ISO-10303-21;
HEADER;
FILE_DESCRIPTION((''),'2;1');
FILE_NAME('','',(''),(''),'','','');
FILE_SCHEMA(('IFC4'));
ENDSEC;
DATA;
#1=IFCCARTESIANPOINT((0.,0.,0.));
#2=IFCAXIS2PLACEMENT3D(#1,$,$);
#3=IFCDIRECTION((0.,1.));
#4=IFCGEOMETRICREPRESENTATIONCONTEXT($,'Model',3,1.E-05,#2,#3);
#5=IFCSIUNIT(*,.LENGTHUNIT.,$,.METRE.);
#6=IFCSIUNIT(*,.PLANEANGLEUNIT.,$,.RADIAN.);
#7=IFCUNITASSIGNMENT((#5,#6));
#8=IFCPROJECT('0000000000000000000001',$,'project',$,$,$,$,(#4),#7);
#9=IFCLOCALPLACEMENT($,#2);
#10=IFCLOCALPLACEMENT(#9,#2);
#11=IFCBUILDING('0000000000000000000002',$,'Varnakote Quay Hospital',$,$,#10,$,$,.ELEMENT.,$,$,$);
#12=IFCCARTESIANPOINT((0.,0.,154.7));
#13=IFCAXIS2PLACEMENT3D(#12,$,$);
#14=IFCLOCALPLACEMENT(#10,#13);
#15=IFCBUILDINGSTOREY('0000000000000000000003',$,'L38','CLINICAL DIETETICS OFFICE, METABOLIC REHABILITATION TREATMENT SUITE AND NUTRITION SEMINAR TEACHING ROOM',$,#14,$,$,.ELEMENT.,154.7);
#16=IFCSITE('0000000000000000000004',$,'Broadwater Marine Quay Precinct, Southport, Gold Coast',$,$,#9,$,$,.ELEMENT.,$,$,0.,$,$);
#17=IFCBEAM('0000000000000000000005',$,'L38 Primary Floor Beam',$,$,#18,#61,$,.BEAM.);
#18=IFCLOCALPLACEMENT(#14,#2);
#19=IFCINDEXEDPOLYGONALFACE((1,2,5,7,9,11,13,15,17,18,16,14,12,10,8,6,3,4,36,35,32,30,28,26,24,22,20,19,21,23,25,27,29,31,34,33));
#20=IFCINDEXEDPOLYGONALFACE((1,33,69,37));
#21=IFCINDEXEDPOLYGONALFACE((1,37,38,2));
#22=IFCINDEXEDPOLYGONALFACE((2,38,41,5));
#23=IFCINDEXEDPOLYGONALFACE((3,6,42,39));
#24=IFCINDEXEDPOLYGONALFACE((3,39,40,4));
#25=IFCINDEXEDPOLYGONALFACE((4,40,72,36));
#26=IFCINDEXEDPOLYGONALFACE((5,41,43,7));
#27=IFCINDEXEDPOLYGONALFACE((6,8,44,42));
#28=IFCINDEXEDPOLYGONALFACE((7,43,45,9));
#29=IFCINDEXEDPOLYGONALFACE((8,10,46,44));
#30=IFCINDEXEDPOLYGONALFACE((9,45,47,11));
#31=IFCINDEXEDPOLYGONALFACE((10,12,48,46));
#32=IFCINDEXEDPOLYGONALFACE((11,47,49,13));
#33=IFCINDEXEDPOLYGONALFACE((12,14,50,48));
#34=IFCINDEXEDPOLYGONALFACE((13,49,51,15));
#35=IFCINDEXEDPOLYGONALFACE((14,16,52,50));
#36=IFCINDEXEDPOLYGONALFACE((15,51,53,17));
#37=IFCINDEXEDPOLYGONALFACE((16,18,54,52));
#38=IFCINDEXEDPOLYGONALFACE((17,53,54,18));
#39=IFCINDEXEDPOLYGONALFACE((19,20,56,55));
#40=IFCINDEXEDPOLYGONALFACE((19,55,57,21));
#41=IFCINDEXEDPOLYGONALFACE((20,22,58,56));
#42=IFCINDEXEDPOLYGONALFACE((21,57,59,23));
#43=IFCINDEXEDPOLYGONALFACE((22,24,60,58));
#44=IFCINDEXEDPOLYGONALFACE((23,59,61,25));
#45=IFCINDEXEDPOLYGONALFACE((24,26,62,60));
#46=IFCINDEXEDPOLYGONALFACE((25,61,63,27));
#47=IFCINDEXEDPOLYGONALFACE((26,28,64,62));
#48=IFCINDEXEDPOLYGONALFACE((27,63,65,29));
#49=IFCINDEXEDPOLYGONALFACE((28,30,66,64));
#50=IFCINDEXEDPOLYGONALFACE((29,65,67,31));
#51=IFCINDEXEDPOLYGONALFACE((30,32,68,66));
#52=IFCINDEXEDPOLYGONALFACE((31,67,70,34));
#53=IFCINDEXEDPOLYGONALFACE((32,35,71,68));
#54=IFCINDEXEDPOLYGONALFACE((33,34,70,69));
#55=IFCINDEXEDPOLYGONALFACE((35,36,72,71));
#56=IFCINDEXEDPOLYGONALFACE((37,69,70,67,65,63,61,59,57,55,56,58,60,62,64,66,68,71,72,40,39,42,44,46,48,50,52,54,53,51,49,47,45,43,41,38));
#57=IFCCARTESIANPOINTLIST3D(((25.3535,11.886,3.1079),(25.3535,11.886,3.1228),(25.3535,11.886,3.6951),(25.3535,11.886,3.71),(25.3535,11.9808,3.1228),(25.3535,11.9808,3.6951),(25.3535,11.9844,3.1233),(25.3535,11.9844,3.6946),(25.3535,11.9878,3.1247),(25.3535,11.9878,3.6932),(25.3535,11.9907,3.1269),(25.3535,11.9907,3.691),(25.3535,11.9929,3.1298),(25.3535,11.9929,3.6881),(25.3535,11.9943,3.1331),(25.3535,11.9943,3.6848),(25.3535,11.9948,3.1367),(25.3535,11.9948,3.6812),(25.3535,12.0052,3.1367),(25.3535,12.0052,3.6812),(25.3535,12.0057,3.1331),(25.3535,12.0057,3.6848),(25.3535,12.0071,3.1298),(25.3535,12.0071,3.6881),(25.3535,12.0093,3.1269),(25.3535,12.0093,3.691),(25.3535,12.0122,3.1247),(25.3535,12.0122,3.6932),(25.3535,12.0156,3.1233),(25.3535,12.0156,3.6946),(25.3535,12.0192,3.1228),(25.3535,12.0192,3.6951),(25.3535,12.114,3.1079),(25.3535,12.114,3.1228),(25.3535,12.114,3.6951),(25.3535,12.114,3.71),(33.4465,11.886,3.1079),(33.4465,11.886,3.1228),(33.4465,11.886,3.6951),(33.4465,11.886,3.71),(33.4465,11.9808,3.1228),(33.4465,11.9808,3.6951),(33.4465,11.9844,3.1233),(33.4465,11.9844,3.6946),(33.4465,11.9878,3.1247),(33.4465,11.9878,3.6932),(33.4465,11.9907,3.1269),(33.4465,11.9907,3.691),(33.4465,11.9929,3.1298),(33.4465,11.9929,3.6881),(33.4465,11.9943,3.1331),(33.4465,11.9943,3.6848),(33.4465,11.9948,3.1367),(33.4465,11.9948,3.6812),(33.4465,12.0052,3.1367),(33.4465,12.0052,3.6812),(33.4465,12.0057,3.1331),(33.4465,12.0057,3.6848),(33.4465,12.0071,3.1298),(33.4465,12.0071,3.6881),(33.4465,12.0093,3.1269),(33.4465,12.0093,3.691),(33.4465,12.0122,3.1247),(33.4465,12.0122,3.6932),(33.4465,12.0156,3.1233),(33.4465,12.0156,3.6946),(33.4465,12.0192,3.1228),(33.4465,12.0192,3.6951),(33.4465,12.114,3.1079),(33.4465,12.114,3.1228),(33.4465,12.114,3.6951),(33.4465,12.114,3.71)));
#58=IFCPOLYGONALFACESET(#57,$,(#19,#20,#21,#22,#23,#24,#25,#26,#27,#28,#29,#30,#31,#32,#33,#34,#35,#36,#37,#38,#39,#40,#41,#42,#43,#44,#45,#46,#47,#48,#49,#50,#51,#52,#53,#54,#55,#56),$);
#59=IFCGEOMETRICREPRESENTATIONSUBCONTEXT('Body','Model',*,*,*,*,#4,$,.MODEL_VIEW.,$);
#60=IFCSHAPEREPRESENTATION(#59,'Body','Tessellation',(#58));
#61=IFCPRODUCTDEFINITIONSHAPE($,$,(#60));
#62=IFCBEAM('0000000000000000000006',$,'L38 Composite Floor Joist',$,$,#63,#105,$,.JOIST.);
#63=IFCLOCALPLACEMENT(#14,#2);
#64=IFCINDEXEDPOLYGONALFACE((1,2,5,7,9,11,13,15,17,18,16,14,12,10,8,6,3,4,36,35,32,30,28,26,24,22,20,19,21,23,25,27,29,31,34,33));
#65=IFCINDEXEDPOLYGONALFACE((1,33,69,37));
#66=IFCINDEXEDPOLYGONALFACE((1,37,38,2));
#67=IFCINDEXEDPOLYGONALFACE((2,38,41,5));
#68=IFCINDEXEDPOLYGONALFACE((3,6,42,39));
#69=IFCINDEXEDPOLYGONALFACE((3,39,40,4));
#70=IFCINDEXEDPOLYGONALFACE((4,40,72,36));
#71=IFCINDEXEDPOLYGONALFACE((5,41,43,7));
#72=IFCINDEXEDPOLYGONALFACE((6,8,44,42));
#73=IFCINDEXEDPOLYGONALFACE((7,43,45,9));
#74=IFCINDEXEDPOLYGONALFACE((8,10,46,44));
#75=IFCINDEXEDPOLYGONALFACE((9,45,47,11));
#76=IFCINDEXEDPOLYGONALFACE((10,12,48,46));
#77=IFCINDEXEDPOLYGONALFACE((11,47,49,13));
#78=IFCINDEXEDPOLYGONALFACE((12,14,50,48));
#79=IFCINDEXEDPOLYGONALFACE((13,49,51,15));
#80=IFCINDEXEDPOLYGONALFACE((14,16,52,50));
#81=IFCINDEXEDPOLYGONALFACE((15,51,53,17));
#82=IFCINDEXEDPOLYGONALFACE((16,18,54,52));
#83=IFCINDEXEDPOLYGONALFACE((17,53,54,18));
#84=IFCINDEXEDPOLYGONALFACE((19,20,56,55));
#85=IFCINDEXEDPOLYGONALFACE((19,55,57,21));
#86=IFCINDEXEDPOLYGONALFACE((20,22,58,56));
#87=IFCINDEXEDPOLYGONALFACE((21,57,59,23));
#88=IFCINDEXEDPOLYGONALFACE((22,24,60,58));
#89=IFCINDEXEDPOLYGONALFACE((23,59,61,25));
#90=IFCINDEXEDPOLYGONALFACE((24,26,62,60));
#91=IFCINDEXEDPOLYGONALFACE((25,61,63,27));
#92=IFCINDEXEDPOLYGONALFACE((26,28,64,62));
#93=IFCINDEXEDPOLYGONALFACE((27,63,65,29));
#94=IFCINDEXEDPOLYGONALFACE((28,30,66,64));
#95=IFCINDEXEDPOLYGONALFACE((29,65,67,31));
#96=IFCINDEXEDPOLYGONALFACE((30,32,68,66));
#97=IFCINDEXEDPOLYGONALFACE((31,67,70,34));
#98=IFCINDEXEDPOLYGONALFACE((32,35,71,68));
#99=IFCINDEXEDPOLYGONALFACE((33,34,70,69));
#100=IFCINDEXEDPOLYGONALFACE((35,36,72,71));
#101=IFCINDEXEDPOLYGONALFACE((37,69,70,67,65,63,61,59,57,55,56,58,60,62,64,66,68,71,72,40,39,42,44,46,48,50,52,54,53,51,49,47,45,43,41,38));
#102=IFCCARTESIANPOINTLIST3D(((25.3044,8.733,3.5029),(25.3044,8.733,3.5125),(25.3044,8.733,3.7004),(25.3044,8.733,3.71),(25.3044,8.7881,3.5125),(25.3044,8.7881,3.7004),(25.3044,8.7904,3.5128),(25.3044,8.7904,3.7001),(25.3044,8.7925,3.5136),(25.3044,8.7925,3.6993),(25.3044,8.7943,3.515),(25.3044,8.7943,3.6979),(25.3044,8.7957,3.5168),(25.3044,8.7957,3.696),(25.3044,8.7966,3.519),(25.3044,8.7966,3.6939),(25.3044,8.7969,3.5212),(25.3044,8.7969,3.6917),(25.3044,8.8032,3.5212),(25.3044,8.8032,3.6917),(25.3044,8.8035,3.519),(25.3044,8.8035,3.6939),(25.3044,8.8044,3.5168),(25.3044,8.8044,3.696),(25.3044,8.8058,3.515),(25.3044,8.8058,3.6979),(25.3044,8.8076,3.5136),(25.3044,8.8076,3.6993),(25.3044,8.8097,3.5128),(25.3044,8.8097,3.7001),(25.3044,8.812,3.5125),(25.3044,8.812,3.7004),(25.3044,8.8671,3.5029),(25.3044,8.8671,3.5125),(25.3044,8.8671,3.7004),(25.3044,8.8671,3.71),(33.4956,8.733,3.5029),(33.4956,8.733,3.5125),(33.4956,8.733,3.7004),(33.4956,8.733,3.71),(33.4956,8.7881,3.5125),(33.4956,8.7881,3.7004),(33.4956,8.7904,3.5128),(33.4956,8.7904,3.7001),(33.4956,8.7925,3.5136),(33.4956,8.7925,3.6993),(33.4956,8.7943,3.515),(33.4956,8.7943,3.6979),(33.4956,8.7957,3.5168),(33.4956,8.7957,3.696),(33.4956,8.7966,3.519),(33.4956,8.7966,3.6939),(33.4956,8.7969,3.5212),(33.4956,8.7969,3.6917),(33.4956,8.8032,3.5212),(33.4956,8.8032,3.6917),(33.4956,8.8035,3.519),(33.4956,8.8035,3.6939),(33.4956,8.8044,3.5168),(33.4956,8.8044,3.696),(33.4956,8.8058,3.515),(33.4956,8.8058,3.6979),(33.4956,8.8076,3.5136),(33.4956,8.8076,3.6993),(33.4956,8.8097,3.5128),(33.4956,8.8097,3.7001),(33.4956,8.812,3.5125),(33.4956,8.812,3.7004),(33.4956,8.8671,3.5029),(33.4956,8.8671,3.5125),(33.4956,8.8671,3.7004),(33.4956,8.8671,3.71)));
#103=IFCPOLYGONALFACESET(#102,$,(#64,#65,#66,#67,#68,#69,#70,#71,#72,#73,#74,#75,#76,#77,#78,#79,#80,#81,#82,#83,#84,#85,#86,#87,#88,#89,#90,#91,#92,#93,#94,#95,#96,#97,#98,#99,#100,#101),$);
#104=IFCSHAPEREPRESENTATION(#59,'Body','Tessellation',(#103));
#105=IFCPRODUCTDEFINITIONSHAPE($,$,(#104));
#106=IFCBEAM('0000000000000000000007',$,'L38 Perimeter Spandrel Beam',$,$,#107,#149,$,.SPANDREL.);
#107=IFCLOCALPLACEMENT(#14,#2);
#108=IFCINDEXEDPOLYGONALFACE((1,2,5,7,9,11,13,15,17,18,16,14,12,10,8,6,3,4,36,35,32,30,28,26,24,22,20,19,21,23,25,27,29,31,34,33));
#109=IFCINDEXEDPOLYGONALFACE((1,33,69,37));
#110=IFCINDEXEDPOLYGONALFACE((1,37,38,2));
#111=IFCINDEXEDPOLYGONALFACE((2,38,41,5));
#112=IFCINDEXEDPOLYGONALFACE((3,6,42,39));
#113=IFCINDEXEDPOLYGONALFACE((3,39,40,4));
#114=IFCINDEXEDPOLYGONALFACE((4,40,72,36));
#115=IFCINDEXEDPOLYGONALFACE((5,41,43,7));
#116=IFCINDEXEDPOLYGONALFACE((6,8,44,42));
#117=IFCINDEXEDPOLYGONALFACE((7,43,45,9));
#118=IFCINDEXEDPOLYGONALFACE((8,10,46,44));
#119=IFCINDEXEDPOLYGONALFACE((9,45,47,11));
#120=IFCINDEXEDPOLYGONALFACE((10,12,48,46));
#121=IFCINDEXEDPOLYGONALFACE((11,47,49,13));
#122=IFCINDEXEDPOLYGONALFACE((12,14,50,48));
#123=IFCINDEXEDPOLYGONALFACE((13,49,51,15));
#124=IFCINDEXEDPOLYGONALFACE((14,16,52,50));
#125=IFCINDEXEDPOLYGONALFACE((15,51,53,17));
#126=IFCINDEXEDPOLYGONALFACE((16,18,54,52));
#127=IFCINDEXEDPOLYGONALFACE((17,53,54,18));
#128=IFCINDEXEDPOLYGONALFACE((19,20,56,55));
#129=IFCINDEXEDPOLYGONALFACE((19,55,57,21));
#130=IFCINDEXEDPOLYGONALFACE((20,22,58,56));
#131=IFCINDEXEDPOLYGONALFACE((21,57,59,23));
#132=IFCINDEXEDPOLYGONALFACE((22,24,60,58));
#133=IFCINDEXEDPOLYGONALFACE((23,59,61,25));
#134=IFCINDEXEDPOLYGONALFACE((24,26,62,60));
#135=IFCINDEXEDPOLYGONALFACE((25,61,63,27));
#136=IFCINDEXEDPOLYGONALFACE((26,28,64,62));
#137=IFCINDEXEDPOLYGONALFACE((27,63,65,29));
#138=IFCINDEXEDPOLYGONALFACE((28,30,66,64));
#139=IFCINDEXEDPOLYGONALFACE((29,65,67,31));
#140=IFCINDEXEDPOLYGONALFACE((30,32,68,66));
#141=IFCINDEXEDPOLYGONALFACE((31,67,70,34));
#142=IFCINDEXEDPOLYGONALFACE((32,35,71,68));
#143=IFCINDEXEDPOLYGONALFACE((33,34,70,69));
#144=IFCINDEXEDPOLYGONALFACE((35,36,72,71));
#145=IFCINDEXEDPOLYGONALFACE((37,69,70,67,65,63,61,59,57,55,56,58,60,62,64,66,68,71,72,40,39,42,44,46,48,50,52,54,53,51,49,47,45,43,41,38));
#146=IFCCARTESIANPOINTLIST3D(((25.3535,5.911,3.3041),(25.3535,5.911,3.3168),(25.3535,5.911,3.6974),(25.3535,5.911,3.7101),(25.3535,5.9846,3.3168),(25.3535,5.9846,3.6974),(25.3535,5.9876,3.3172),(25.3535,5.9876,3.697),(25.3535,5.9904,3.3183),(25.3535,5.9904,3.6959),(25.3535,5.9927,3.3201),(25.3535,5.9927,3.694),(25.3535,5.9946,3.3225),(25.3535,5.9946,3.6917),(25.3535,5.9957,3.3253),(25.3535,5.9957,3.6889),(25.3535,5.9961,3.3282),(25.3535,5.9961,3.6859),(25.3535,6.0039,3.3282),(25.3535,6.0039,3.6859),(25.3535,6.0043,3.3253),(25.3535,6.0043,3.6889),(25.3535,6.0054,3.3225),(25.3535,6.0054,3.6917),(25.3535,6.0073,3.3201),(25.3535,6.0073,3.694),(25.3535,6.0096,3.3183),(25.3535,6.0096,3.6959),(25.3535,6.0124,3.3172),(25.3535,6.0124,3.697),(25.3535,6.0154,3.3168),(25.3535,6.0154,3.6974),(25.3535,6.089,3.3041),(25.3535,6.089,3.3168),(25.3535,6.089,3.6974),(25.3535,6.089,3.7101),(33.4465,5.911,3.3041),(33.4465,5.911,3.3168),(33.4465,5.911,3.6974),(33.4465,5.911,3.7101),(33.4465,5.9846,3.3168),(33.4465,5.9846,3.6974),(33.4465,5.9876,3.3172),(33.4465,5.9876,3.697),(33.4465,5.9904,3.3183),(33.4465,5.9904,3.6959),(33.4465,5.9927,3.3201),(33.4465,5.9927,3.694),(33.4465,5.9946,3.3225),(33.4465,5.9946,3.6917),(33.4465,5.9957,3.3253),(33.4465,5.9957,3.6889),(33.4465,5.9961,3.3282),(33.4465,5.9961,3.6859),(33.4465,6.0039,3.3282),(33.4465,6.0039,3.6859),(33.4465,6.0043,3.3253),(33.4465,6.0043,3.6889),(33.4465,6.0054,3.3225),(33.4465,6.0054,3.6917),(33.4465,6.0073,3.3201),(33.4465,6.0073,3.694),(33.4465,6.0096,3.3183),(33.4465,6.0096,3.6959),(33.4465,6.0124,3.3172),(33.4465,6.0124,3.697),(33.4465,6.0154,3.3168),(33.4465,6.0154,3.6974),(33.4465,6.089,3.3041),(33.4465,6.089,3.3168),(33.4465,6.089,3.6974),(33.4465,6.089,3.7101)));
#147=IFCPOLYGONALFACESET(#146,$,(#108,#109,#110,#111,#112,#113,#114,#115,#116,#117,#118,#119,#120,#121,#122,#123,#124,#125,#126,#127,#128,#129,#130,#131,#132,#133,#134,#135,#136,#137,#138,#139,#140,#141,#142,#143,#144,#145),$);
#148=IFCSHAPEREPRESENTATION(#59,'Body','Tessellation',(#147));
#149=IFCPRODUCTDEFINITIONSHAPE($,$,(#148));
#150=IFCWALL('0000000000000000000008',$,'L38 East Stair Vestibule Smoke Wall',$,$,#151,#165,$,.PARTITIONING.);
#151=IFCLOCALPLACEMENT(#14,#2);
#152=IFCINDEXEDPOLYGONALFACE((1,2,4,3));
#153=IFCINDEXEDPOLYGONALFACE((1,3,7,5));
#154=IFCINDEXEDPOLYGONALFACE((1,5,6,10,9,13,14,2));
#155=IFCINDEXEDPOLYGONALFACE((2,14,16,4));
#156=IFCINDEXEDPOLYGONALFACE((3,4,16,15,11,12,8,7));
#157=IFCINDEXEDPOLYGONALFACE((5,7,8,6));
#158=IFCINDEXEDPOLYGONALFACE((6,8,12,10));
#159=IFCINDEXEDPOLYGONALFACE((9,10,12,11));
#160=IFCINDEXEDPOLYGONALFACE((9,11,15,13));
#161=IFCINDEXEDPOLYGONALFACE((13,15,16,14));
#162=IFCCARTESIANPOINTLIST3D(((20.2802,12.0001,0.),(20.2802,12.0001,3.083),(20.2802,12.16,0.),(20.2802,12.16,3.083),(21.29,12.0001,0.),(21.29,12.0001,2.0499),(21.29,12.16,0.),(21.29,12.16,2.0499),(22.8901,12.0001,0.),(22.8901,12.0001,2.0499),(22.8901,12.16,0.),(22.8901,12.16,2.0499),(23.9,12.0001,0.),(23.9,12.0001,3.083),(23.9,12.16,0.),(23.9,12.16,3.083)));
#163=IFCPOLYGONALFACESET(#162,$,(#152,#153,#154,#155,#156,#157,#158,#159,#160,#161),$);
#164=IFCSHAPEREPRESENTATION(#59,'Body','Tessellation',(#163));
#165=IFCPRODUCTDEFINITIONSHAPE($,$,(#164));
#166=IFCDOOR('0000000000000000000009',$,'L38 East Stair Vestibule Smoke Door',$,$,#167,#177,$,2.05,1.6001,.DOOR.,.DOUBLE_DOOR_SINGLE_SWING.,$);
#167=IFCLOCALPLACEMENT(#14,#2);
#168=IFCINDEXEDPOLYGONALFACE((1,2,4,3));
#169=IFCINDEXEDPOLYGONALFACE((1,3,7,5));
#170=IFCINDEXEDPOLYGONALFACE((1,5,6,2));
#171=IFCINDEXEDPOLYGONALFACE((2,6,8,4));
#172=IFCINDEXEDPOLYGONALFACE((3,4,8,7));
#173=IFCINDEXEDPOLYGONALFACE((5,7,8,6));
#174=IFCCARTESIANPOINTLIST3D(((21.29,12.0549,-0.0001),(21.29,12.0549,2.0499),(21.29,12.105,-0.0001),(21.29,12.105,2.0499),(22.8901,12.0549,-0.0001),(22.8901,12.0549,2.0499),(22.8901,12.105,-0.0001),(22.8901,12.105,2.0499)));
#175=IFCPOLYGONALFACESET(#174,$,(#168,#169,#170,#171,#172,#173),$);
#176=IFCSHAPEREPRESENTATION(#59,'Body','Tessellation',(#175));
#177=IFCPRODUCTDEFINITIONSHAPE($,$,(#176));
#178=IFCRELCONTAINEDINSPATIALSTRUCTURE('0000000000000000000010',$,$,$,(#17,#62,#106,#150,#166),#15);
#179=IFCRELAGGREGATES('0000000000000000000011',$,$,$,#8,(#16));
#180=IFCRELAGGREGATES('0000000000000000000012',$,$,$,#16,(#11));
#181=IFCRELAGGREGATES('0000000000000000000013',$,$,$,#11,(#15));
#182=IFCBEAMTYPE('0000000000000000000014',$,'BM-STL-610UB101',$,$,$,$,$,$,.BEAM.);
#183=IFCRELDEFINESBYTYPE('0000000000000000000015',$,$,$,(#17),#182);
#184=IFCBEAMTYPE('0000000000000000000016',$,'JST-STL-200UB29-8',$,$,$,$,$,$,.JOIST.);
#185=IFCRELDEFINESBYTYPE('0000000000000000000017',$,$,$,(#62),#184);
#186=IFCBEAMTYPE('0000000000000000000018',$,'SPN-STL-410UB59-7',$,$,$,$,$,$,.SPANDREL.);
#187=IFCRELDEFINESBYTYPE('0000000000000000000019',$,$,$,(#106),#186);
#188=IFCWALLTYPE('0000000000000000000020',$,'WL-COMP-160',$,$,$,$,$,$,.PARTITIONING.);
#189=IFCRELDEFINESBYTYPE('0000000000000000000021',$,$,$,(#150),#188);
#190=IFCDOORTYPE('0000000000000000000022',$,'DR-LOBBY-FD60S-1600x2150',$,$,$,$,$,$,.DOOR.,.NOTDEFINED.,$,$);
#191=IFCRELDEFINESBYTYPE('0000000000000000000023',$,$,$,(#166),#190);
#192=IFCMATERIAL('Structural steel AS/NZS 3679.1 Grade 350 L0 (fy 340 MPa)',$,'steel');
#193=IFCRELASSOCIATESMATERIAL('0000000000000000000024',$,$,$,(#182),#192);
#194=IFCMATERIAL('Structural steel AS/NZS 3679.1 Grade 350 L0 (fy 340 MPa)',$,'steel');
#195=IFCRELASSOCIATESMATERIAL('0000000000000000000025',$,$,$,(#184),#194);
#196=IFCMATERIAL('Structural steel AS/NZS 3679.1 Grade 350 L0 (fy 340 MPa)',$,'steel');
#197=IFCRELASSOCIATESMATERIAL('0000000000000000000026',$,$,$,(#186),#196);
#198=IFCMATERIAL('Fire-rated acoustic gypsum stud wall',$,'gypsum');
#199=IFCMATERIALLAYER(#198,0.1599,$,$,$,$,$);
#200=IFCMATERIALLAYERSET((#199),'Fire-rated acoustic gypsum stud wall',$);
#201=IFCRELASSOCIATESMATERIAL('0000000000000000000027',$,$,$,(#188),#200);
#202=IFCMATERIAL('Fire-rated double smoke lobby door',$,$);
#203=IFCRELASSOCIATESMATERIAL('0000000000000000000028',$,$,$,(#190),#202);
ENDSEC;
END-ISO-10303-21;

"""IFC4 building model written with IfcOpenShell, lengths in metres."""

from ifc_helpers import new_model, si_unit, direction, frame, frame_2d, origin, origin_2d, place, context, subcontext, project, spatial, rectangle, i_section, extrude, material, layer, layer_set, material_profile, profile_set, type_object, element, fill, save


model = new_model("IFC4")

# Units and contexts
model_context = context("Model", 3, precision=1e-05, world=origin(), true_north=direction((0.0, 1.0)))
body_context = subcontext(model_context, "Body", "Model", "MODEL_VIEW")
ifc_project = project(units=[si_unit("LENGTHUNIT", "METRE"), si_unit("PLANEANGLEUNIT", "RADIAN")], contexts=[model_context])

# Site, building, storey
site_placement = place(None, origin())
site = spatial("IfcSite", under=ifc_project, at=site_placement, Name="Broadwater Marine Quay Precinct, Southport, Gold Coast", CompositionType="ELEMENT", RefElevation=0.0)
building_placement = place(site_placement, origin())
building = spatial("IfcBuilding", under=site, at=building_placement, Name="Varnakote Quay Hospital", CompositionType="ELEMENT")
storey_placement = place(building_placement, frame((0.0, 0.0, 154.7)))
storey = spatial("IfcBuildingStorey", under=building, at=storey_placement, Name="L38", Description="CLINICAL DIETETICS OFFICE, METABOLIC REHABILITATION TREATMENT SUITE AND NUTRITION SEMINAR TEACHING ROOM", CompositionType="ELEMENT", Elevation=154.7)

# Beams
ifc_material_1 = material(Name="Structural steel AS/NZS 3679.1 Grade 350 L0 (fy 340 MPa)", Category="steel")
ifc_material_profile_1 = material_profile(ifc_material_1, i_section(OverallWidth=0.228, OverallDepth=0.6021, WebThickness=0.0105, FlangeThickness=0.0149, FilletRadius=0.0139, at=origin_2d()), Name="610UB101")
ifc_profile_set_1 = profile_set([ifc_material_profile_1], Name="Structural steel AS/NZS 3679.1 Grade 350 L0 (fy 340 MPa)")
beam_type_1 = type_object("IfcBeamType", Name="BM-STL-610UB101", PredefinedType="BEAM", material=ifc_profile_set_1)
beam_1_placement = place(storey_placement, frame((25.3535, 12.0, 3.4089), z_axis=(1.0, 0.0, 0.0), x_axis=(0.0, 1.0, 0.0)))
element("IfcBeam", 1, at=beam_1_placement, inside=storey, type_object=beam_type_1, Name="L38 Primary Floor Beam", PredefinedType="BEAM", context=body_context, shape_type="SweptSolid", body=[
    extrude(i_section(OverallWidth=0.228, OverallDepth=0.6021, WebThickness=0.0105, FlangeThickness=0.0149, FilletRadius=0.0139, at=origin_2d()), origin(), (0.0, 0.0, 1.0), 8.093),
])
ifc_material_2 = material(Name="Structural steel AS/NZS 3679.1 Grade 350 L0 (fy 340 MPa)", Category="steel")
ifc_material_profile_2 = material_profile(ifc_material_2, i_section(OverallWidth=0.134, OverallDepth=0.207, WebThickness=0.0063, FlangeThickness=0.0095, FilletRadius=0.0088, at=origin_2d()), Name="200UB29.8")
ifc_profile_set_2 = profile_set([ifc_material_profile_2], Name="Structural steel AS/NZS 3679.1 Grade 350 L0 (fy 340 MPa)")
beam_type_2 = type_object("IfcBeamType", Name="JST-STL-200UB29-8", PredefinedType="JOIST", material=ifc_profile_set_2)
beam_2_placement = place(storey_placement, frame((25.3044, 8.8, 3.6064), z_axis=(1.0, 0.0, 0.0), x_axis=(0.0, 1.0, 0.0)))
element("IfcBeam", 2, at=beam_2_placement, inside=storey, type_object=beam_type_2, Name="L38 Composite Floor Joist", PredefinedType="JOIST", context=body_context, shape_type="SweptSolid", body=[
    extrude(i_section(OverallWidth=0.134, OverallDepth=0.207, WebThickness=0.0063, FlangeThickness=0.0095, FilletRadius=0.0088, at=origin_2d()), origin(), (0.0, 0.0, 1.0), 8.1912),
])
ifc_material_3 = material(Name="Structural steel AS/NZS 3679.1 Grade 350 L0 (fy 340 MPa)", Category="steel")
ifc_material_profile_3 = material_profile(ifc_material_3, i_section(OverallWidth=0.178, OverallDepth=0.406, WebThickness=0.0078, FlangeThickness=0.0127, FilletRadius=0.0115, at=origin_2d()), Name="410UB59.7")
ifc_profile_set_3 = profile_set([ifc_material_profile_3], Name="Structural steel AS/NZS 3679.1 Grade 350 L0 (fy 340 MPa)")
beam_type_3 = type_object("IfcBeamType", Name="SPN-STL-410UB59-7", PredefinedType="SPANDREL", material=ifc_profile_set_3)
beam_3_placement = place(storey_placement, frame((25.3535, 6.0, 3.5071), z_axis=(1.0, 0.0, 0.0), x_axis=(0.0, 1.0, 0.0)))
element("IfcBeam", 3, at=beam_3_placement, inside=storey, type_object=beam_type_3, Name="L38 Perimeter Spandrel Beam", PredefinedType="SPANDREL", context=body_context, shape_type="SweptSolid", body=[
    extrude(i_section(OverallWidth=0.178, OverallDepth=0.406, WebThickness=0.0078, FlangeThickness=0.0127, FilletRadius=0.0115, at=origin_2d()), origin(), (0.0, 0.0, 1.0), 8.093),
])

# Wall, opening, door
ifc_material_4 = material(Name="Fire-rated acoustic gypsum stud wall", Category="gypsum")
ifc_layer_1 = layer(ifc_material_4, 0.1599)
ifc_layer_set_1 = layer_set([ifc_layer_1], Name="Fire-rated acoustic gypsum stud wall")
wall_type_1 = type_object("IfcWallType", Name="WL-COMP-160", PredefinedType="PARTITIONING", material=ifc_layer_set_1)
wall_1_placement = place(storey_placement, frame((20.28, 12.0801, 0.0), z_axis=(0.0, 0.0, 1.0), x_axis=(1.0, 0.0, 0.0)))
wall_1 = element("IfcWall", 4, at=wall_1_placement, inside=storey, type_object=wall_type_1, Name="L38 East Stair Vestibule Smoke Wall", PredefinedType="PARTITIONING", context=body_context, shape_type="SweptSolid", body=[
    extrude(rectangle(XDim=3.6199, YDim=0.1599, at=frame_2d((1.8101, 0.0))), origin(), (0.0, 0.0, 1.0), 3.083),
])
opening_placement = place(wall_1_placement, frame((1.01, 0.0, 0.0)))
opening = element("IfcOpeningElement", 5, at=opening_placement, cuts=wall_1, PredefinedType="OPENING", context=body_context, shape_type="SweptSolid", body=[
    extrude(rectangle(XDim=1.6001, YDim=2.05, at=frame_2d((0.8, 1.0249))), frame((0.0, 0.0898, 0.0), z_axis=(0.0, -1.0, 0.0), x_axis=(1.0, 0.0, 0.0)), (0.0, 0.0, 1.0), 0.1799),
])
ifc_material_5 = material(Name="Fire-rated double smoke lobby door")
door_type = type_object("IfcDoorType", Name="DR-LOBBY-FD60S-1600x2150", OperationType="NOTDEFINED", PredefinedType="DOOR", material=ifc_material_5)
door_placement = place(opening_placement, origin())
door = element("IfcDoor", 6, at=door_placement, inside=storey, type_object=door_type, Name="L38 East Stair Vestibule Smoke Door", OperationType="DOUBLE_DOOR_SINGLE_SWING", OverallHeight=2.05, OverallWidth=1.6001, PredefinedType="DOOR", context=body_context, shape_type="SweptSolid", body=[
    extrude(rectangle(XDim=1.6001, YDim=2.05, at=frame_2d((0.8, 1.0249))), frame((0.0, 0.0249, 0.0), z_axis=(0.0, -1.0, 0.0), x_axis=(1.0, 0.0, 0.0)), (0.0, 0.0, 1.0), 0.05),
])
fill(opening, door)

save(model, "model.ifc")
